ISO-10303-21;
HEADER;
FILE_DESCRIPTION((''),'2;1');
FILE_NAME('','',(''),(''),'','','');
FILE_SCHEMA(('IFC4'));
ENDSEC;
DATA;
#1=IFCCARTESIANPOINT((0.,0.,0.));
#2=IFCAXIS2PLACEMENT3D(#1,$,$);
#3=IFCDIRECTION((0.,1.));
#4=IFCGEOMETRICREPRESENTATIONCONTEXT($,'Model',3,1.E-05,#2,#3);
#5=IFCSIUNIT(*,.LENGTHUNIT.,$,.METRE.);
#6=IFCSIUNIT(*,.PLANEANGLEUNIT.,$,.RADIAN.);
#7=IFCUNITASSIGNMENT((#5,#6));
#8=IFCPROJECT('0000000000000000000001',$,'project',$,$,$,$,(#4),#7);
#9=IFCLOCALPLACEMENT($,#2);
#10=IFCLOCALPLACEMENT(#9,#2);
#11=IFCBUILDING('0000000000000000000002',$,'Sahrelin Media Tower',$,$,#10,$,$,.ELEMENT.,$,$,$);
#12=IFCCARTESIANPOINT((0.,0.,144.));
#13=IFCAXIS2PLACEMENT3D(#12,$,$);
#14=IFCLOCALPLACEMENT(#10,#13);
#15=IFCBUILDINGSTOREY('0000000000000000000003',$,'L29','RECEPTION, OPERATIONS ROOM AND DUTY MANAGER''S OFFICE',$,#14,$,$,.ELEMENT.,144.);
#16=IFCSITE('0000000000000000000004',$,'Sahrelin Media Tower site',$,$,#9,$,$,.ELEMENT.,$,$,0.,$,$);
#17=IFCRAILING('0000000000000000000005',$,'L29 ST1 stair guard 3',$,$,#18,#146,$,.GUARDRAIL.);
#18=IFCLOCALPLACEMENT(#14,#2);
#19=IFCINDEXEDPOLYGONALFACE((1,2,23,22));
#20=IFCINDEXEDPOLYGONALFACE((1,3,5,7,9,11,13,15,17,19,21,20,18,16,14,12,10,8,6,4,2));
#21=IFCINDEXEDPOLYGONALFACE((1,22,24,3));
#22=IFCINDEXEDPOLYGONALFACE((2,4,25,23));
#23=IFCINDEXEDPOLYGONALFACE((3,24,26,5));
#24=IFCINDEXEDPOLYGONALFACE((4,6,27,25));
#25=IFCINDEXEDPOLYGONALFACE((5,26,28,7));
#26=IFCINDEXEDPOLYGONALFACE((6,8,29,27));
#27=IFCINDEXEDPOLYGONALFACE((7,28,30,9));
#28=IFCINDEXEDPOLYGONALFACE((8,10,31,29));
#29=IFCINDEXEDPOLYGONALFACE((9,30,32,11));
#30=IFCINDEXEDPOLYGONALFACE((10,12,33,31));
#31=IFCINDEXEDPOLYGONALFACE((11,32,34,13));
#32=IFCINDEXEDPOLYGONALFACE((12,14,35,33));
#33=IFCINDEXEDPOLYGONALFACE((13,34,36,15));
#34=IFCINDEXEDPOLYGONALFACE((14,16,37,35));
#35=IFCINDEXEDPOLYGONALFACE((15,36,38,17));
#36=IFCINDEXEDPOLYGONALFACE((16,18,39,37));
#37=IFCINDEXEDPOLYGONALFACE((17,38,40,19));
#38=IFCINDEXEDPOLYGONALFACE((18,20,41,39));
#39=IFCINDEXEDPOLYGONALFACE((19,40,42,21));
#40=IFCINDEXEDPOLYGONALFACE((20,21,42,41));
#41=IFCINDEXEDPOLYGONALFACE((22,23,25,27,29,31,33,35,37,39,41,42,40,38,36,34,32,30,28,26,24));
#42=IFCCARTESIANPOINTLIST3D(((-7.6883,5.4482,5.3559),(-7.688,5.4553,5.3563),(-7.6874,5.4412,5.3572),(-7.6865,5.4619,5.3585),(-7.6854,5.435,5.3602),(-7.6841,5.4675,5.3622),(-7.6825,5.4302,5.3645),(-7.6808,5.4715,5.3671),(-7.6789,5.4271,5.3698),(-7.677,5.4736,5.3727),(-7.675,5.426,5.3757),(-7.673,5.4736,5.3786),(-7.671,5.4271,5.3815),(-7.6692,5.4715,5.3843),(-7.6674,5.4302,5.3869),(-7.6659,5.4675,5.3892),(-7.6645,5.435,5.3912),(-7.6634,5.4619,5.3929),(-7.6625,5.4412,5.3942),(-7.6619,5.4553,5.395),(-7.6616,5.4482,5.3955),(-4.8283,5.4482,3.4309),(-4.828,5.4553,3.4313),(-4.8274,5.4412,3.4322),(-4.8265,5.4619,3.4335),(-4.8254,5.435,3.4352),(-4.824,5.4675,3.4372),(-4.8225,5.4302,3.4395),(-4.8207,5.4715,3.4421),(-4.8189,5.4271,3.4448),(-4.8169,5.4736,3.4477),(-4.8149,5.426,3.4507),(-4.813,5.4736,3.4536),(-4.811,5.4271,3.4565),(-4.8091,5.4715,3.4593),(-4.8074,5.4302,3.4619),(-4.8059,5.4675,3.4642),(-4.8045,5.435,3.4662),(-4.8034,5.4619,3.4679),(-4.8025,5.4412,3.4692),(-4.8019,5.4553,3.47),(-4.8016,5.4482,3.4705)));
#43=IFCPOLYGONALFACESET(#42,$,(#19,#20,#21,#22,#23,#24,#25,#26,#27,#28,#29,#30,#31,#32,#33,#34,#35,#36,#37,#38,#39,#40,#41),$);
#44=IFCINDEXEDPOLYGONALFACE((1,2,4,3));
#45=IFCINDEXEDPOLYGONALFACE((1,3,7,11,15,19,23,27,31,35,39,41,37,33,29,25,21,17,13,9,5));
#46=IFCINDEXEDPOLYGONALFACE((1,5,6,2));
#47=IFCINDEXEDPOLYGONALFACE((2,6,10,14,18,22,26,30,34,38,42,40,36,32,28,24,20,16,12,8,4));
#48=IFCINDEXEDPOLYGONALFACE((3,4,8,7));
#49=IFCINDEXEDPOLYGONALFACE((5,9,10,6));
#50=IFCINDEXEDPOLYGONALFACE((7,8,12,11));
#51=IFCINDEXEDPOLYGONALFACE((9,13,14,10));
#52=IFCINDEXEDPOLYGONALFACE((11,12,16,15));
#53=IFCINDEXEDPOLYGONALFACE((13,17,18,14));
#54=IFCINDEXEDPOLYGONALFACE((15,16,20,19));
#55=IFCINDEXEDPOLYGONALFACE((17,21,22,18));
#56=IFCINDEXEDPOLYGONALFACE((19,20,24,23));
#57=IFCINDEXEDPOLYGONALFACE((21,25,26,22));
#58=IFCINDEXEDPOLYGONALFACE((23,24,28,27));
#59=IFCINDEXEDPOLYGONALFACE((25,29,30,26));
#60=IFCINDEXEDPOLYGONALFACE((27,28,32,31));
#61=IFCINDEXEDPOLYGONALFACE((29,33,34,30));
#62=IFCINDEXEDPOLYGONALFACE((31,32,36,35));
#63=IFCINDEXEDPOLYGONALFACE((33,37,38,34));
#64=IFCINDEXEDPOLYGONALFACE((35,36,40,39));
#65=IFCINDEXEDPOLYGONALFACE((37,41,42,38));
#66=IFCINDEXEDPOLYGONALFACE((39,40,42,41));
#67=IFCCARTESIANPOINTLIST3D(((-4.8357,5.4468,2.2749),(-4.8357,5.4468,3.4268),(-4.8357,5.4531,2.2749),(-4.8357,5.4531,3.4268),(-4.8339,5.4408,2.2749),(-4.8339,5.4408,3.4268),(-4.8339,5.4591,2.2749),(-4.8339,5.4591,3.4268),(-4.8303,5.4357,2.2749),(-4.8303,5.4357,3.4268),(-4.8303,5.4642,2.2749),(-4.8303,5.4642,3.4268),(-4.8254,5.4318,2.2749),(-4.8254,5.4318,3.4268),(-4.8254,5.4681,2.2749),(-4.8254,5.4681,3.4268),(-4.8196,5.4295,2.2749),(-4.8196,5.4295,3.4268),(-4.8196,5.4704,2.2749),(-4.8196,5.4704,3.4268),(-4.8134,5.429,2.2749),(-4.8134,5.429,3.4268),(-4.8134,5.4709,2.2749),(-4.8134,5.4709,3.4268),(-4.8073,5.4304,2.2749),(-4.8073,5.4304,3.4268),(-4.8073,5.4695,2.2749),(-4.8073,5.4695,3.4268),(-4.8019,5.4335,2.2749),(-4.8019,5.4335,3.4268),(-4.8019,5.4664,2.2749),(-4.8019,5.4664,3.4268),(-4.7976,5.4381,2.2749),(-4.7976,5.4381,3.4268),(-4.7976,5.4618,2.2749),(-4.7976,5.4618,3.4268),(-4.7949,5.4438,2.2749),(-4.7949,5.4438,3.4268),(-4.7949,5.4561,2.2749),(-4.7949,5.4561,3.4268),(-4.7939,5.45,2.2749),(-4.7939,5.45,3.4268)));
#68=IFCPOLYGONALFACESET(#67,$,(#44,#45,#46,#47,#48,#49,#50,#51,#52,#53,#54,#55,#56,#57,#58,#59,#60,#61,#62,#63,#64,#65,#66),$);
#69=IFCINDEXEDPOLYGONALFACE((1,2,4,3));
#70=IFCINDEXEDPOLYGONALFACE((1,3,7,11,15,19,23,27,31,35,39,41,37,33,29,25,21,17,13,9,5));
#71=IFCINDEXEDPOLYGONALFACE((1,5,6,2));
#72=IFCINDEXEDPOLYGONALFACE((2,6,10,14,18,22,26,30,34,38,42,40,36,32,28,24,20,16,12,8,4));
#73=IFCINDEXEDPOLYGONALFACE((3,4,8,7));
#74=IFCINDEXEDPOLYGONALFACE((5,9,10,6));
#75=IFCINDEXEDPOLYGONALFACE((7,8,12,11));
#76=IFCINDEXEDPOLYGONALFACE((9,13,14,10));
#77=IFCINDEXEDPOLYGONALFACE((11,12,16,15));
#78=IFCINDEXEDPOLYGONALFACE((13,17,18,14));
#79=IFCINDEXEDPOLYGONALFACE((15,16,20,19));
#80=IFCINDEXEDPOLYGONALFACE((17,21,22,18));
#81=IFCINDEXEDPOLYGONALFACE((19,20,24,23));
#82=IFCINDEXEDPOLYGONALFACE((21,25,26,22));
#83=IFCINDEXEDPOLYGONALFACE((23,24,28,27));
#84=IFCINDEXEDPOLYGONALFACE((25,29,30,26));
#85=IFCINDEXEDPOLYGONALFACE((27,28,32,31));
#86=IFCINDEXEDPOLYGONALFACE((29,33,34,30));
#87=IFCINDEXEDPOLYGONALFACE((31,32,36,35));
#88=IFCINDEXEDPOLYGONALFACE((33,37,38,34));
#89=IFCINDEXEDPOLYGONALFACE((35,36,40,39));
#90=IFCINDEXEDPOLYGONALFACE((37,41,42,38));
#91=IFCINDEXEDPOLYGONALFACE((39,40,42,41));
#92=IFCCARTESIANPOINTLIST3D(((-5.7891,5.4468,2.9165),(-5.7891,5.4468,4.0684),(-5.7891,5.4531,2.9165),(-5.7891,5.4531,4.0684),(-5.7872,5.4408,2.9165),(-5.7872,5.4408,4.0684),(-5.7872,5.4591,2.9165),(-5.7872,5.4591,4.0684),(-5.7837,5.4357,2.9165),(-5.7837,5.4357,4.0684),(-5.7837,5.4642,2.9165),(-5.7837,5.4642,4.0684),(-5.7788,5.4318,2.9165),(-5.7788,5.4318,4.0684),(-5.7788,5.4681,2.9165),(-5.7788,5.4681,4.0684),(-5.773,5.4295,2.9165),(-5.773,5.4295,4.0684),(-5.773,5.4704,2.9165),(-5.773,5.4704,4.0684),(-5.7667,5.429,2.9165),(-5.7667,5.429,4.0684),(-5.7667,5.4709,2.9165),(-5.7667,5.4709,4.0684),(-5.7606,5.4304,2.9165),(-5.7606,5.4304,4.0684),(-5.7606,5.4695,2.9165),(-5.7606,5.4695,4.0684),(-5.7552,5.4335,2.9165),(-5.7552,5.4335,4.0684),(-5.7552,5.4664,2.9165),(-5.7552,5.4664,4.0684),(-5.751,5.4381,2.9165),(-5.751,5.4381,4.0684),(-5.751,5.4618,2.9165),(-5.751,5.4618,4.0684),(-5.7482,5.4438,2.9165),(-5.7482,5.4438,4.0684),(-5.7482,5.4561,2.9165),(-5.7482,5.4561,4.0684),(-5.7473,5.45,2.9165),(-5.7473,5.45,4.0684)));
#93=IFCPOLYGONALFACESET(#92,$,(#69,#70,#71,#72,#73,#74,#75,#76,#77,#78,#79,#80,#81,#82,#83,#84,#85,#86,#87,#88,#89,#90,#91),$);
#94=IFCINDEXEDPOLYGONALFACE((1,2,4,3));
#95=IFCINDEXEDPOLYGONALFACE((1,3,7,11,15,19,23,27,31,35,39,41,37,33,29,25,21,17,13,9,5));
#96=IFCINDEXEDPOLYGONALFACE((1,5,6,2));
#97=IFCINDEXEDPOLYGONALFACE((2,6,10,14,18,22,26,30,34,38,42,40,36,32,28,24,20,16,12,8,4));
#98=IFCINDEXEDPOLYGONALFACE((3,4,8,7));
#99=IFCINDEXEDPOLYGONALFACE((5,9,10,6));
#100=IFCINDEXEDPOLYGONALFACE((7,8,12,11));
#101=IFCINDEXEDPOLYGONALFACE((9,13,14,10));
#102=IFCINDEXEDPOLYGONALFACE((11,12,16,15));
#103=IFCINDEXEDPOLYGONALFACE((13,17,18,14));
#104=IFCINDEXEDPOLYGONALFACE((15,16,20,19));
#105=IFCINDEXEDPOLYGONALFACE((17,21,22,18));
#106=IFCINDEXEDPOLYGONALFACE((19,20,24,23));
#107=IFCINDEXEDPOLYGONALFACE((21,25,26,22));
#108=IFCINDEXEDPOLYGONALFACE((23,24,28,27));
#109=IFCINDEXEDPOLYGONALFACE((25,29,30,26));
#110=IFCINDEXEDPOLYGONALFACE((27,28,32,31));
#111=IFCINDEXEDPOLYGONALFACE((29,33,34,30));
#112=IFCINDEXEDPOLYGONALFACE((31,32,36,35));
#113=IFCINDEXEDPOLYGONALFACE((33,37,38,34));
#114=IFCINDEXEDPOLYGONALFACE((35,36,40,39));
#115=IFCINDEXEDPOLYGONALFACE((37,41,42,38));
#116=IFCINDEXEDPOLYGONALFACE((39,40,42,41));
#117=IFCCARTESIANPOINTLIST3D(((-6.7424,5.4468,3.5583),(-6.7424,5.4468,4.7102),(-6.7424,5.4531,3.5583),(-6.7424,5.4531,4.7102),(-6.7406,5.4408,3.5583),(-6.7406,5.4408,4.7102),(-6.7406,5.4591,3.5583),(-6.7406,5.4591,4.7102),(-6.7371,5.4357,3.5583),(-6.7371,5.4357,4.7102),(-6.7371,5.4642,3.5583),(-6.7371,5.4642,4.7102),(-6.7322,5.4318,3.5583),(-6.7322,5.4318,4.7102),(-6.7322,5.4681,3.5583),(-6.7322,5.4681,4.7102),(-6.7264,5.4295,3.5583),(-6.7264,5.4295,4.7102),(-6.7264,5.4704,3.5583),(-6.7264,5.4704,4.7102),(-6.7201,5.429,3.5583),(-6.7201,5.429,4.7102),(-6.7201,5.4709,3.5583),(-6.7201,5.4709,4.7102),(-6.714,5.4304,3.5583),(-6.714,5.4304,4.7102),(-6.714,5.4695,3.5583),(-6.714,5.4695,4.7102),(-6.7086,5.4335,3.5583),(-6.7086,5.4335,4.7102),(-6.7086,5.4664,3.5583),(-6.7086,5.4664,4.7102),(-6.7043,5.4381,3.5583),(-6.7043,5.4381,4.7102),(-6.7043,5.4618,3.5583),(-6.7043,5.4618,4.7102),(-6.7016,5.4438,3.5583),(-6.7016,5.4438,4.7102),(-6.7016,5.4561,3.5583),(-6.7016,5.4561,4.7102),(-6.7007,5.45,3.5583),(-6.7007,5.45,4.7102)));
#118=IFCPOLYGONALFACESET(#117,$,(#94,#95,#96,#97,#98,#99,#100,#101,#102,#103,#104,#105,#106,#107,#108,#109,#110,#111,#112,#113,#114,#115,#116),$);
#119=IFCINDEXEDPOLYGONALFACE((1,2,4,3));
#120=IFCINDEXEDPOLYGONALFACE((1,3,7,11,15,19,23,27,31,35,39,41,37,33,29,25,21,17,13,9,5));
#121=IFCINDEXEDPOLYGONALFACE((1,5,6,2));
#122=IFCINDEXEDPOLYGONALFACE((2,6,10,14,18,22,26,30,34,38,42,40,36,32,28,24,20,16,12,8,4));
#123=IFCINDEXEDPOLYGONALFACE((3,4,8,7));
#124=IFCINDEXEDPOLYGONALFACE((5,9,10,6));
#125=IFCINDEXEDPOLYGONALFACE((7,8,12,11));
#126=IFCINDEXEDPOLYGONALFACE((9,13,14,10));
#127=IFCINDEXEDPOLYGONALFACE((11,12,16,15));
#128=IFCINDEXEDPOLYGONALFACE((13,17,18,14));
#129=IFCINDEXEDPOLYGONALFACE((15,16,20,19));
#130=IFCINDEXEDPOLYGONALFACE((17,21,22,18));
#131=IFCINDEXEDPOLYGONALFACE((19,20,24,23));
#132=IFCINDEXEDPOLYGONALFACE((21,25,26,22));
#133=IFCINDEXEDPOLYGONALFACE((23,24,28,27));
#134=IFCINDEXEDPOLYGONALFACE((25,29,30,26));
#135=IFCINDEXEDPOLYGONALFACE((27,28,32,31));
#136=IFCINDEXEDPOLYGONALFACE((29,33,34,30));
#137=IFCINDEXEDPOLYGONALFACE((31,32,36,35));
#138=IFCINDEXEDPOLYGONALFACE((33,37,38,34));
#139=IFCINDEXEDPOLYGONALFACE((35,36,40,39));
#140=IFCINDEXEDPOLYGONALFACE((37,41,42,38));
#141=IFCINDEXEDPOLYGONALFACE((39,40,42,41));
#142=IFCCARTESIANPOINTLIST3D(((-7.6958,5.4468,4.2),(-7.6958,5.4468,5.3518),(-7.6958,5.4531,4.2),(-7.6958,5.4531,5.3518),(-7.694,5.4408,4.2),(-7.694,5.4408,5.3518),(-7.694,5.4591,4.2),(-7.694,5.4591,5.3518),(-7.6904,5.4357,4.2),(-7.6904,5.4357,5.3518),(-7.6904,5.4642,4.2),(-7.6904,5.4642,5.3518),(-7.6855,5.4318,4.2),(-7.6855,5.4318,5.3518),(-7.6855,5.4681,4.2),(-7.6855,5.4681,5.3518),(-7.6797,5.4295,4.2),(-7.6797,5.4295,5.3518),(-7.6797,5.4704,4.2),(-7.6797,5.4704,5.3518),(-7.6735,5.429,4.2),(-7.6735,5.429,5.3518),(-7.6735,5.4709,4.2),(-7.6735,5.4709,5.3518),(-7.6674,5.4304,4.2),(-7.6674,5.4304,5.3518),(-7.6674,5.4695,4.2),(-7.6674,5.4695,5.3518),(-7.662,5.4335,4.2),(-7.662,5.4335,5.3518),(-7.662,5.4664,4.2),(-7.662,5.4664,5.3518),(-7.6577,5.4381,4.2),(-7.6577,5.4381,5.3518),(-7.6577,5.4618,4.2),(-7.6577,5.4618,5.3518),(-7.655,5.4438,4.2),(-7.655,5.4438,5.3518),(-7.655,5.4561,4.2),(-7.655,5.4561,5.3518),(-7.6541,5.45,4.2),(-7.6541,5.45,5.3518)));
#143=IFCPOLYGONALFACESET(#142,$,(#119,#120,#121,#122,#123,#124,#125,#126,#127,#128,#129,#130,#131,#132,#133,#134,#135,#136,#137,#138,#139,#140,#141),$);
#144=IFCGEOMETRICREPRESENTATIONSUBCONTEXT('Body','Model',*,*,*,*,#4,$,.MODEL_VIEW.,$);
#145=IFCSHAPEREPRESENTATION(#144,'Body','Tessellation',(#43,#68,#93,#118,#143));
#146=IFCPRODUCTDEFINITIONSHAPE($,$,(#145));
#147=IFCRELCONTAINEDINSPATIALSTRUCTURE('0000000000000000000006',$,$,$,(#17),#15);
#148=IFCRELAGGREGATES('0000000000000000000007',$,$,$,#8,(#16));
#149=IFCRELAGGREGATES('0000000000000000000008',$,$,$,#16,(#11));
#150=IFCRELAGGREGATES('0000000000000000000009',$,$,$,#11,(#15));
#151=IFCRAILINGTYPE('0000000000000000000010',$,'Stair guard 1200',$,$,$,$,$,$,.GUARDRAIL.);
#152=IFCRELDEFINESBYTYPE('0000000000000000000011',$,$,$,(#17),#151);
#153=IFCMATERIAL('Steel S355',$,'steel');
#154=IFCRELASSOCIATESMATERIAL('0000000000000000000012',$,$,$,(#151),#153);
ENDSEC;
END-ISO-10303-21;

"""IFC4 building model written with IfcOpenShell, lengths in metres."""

from ifc_helpers import new_model, si_unit, direction, frame, origin, origin_2d, place, context, subcontext, project, spatial, circle, extrude, material, type_object, element, save


model = new_model("IFC4")

# Units and contexts
model_context = context("Model", 3, precision=1e-05, world=origin(), true_north=direction((0.0, 1.0)))
body_context = subcontext(model_context, "Body", "Model", "MODEL_VIEW")
ifc_project = project(units=[si_unit("LENGTHUNIT", "METRE"), si_unit("PLANEANGLEUNIT", "RADIAN")], contexts=[model_context])

# Site, building, storey
site_placement = place(None, origin())
site = spatial("IfcSite", under=ifc_project, at=site_placement, Name="Sahrelin Media Tower site", CompositionType="ELEMENT", RefElevation=0.0)
building_placement = place(site_placement, origin())
building = spatial("IfcBuilding", under=site, at=building_placement, Name="Sahrelin Media Tower", CompositionType="ELEMENT")
storey_placement = place(building_placement, frame((0.0, 0.0, 144.0)))
storey = spatial("IfcBuildingStorey", under=building, at=storey_placement, Name="L29", Description="RECEPTION, OPERATIONS ROOM AND DUTY MANAGER'S OFFICE", CompositionType="ELEMENT", Elevation=144.0)

# Shared definitions
ifc_material_1 = material(Name="Steel S355", Category="steel")

# Railing
railing_type_1 = type_object("IfcRailingType", Name="Stair guard 1200", PredefinedType="GUARDRAIL", material=ifc_material_1)
railing_1_placement = place(storey_placement, frame((-4.8149, 5.45, 2.2749)))
element("IfcRailing", 1, at=railing_1_placement, inside=storey, type_object=railing_type_1, Name="L29 ST1 stair guard 3", PredefinedType="GUARDRAIL", context=body_context, shape_type="SweptSolid", body=[
    extrude(circle(Radius=0.0239, at=origin_2d()), frame((0.0, 0.0, 1.1758), z_axis=(-0.829591, 0.0, 0.558372), x_axis=(0.0, -1.0, 0.0)), (0.0, 0.0, 1.0), 3.4475),
    extrude(circle(Radius=0.021, at=origin_2d()), origin(), (0.0, 0.0, 1.0), 1.1519),
    extrude(circle(Radius=0.021, at=origin_2d()), frame((-0.9534, 0.0, 0.6416)), (0.0, 0.0, 1.0), 1.1519),
    extrude(circle(Radius=0.021, at=origin_2d()), frame((-1.9067, 0.0, 1.2834)), (0.0, 0.0, 1.0), 1.1519),
    extrude(circle(Radius=0.021, at=origin_2d()), frame((-2.8601, 0.0, 1.925)), (0.0, 0.0, 1.0), 1.1519),
])

save(model, "model.ifc")
